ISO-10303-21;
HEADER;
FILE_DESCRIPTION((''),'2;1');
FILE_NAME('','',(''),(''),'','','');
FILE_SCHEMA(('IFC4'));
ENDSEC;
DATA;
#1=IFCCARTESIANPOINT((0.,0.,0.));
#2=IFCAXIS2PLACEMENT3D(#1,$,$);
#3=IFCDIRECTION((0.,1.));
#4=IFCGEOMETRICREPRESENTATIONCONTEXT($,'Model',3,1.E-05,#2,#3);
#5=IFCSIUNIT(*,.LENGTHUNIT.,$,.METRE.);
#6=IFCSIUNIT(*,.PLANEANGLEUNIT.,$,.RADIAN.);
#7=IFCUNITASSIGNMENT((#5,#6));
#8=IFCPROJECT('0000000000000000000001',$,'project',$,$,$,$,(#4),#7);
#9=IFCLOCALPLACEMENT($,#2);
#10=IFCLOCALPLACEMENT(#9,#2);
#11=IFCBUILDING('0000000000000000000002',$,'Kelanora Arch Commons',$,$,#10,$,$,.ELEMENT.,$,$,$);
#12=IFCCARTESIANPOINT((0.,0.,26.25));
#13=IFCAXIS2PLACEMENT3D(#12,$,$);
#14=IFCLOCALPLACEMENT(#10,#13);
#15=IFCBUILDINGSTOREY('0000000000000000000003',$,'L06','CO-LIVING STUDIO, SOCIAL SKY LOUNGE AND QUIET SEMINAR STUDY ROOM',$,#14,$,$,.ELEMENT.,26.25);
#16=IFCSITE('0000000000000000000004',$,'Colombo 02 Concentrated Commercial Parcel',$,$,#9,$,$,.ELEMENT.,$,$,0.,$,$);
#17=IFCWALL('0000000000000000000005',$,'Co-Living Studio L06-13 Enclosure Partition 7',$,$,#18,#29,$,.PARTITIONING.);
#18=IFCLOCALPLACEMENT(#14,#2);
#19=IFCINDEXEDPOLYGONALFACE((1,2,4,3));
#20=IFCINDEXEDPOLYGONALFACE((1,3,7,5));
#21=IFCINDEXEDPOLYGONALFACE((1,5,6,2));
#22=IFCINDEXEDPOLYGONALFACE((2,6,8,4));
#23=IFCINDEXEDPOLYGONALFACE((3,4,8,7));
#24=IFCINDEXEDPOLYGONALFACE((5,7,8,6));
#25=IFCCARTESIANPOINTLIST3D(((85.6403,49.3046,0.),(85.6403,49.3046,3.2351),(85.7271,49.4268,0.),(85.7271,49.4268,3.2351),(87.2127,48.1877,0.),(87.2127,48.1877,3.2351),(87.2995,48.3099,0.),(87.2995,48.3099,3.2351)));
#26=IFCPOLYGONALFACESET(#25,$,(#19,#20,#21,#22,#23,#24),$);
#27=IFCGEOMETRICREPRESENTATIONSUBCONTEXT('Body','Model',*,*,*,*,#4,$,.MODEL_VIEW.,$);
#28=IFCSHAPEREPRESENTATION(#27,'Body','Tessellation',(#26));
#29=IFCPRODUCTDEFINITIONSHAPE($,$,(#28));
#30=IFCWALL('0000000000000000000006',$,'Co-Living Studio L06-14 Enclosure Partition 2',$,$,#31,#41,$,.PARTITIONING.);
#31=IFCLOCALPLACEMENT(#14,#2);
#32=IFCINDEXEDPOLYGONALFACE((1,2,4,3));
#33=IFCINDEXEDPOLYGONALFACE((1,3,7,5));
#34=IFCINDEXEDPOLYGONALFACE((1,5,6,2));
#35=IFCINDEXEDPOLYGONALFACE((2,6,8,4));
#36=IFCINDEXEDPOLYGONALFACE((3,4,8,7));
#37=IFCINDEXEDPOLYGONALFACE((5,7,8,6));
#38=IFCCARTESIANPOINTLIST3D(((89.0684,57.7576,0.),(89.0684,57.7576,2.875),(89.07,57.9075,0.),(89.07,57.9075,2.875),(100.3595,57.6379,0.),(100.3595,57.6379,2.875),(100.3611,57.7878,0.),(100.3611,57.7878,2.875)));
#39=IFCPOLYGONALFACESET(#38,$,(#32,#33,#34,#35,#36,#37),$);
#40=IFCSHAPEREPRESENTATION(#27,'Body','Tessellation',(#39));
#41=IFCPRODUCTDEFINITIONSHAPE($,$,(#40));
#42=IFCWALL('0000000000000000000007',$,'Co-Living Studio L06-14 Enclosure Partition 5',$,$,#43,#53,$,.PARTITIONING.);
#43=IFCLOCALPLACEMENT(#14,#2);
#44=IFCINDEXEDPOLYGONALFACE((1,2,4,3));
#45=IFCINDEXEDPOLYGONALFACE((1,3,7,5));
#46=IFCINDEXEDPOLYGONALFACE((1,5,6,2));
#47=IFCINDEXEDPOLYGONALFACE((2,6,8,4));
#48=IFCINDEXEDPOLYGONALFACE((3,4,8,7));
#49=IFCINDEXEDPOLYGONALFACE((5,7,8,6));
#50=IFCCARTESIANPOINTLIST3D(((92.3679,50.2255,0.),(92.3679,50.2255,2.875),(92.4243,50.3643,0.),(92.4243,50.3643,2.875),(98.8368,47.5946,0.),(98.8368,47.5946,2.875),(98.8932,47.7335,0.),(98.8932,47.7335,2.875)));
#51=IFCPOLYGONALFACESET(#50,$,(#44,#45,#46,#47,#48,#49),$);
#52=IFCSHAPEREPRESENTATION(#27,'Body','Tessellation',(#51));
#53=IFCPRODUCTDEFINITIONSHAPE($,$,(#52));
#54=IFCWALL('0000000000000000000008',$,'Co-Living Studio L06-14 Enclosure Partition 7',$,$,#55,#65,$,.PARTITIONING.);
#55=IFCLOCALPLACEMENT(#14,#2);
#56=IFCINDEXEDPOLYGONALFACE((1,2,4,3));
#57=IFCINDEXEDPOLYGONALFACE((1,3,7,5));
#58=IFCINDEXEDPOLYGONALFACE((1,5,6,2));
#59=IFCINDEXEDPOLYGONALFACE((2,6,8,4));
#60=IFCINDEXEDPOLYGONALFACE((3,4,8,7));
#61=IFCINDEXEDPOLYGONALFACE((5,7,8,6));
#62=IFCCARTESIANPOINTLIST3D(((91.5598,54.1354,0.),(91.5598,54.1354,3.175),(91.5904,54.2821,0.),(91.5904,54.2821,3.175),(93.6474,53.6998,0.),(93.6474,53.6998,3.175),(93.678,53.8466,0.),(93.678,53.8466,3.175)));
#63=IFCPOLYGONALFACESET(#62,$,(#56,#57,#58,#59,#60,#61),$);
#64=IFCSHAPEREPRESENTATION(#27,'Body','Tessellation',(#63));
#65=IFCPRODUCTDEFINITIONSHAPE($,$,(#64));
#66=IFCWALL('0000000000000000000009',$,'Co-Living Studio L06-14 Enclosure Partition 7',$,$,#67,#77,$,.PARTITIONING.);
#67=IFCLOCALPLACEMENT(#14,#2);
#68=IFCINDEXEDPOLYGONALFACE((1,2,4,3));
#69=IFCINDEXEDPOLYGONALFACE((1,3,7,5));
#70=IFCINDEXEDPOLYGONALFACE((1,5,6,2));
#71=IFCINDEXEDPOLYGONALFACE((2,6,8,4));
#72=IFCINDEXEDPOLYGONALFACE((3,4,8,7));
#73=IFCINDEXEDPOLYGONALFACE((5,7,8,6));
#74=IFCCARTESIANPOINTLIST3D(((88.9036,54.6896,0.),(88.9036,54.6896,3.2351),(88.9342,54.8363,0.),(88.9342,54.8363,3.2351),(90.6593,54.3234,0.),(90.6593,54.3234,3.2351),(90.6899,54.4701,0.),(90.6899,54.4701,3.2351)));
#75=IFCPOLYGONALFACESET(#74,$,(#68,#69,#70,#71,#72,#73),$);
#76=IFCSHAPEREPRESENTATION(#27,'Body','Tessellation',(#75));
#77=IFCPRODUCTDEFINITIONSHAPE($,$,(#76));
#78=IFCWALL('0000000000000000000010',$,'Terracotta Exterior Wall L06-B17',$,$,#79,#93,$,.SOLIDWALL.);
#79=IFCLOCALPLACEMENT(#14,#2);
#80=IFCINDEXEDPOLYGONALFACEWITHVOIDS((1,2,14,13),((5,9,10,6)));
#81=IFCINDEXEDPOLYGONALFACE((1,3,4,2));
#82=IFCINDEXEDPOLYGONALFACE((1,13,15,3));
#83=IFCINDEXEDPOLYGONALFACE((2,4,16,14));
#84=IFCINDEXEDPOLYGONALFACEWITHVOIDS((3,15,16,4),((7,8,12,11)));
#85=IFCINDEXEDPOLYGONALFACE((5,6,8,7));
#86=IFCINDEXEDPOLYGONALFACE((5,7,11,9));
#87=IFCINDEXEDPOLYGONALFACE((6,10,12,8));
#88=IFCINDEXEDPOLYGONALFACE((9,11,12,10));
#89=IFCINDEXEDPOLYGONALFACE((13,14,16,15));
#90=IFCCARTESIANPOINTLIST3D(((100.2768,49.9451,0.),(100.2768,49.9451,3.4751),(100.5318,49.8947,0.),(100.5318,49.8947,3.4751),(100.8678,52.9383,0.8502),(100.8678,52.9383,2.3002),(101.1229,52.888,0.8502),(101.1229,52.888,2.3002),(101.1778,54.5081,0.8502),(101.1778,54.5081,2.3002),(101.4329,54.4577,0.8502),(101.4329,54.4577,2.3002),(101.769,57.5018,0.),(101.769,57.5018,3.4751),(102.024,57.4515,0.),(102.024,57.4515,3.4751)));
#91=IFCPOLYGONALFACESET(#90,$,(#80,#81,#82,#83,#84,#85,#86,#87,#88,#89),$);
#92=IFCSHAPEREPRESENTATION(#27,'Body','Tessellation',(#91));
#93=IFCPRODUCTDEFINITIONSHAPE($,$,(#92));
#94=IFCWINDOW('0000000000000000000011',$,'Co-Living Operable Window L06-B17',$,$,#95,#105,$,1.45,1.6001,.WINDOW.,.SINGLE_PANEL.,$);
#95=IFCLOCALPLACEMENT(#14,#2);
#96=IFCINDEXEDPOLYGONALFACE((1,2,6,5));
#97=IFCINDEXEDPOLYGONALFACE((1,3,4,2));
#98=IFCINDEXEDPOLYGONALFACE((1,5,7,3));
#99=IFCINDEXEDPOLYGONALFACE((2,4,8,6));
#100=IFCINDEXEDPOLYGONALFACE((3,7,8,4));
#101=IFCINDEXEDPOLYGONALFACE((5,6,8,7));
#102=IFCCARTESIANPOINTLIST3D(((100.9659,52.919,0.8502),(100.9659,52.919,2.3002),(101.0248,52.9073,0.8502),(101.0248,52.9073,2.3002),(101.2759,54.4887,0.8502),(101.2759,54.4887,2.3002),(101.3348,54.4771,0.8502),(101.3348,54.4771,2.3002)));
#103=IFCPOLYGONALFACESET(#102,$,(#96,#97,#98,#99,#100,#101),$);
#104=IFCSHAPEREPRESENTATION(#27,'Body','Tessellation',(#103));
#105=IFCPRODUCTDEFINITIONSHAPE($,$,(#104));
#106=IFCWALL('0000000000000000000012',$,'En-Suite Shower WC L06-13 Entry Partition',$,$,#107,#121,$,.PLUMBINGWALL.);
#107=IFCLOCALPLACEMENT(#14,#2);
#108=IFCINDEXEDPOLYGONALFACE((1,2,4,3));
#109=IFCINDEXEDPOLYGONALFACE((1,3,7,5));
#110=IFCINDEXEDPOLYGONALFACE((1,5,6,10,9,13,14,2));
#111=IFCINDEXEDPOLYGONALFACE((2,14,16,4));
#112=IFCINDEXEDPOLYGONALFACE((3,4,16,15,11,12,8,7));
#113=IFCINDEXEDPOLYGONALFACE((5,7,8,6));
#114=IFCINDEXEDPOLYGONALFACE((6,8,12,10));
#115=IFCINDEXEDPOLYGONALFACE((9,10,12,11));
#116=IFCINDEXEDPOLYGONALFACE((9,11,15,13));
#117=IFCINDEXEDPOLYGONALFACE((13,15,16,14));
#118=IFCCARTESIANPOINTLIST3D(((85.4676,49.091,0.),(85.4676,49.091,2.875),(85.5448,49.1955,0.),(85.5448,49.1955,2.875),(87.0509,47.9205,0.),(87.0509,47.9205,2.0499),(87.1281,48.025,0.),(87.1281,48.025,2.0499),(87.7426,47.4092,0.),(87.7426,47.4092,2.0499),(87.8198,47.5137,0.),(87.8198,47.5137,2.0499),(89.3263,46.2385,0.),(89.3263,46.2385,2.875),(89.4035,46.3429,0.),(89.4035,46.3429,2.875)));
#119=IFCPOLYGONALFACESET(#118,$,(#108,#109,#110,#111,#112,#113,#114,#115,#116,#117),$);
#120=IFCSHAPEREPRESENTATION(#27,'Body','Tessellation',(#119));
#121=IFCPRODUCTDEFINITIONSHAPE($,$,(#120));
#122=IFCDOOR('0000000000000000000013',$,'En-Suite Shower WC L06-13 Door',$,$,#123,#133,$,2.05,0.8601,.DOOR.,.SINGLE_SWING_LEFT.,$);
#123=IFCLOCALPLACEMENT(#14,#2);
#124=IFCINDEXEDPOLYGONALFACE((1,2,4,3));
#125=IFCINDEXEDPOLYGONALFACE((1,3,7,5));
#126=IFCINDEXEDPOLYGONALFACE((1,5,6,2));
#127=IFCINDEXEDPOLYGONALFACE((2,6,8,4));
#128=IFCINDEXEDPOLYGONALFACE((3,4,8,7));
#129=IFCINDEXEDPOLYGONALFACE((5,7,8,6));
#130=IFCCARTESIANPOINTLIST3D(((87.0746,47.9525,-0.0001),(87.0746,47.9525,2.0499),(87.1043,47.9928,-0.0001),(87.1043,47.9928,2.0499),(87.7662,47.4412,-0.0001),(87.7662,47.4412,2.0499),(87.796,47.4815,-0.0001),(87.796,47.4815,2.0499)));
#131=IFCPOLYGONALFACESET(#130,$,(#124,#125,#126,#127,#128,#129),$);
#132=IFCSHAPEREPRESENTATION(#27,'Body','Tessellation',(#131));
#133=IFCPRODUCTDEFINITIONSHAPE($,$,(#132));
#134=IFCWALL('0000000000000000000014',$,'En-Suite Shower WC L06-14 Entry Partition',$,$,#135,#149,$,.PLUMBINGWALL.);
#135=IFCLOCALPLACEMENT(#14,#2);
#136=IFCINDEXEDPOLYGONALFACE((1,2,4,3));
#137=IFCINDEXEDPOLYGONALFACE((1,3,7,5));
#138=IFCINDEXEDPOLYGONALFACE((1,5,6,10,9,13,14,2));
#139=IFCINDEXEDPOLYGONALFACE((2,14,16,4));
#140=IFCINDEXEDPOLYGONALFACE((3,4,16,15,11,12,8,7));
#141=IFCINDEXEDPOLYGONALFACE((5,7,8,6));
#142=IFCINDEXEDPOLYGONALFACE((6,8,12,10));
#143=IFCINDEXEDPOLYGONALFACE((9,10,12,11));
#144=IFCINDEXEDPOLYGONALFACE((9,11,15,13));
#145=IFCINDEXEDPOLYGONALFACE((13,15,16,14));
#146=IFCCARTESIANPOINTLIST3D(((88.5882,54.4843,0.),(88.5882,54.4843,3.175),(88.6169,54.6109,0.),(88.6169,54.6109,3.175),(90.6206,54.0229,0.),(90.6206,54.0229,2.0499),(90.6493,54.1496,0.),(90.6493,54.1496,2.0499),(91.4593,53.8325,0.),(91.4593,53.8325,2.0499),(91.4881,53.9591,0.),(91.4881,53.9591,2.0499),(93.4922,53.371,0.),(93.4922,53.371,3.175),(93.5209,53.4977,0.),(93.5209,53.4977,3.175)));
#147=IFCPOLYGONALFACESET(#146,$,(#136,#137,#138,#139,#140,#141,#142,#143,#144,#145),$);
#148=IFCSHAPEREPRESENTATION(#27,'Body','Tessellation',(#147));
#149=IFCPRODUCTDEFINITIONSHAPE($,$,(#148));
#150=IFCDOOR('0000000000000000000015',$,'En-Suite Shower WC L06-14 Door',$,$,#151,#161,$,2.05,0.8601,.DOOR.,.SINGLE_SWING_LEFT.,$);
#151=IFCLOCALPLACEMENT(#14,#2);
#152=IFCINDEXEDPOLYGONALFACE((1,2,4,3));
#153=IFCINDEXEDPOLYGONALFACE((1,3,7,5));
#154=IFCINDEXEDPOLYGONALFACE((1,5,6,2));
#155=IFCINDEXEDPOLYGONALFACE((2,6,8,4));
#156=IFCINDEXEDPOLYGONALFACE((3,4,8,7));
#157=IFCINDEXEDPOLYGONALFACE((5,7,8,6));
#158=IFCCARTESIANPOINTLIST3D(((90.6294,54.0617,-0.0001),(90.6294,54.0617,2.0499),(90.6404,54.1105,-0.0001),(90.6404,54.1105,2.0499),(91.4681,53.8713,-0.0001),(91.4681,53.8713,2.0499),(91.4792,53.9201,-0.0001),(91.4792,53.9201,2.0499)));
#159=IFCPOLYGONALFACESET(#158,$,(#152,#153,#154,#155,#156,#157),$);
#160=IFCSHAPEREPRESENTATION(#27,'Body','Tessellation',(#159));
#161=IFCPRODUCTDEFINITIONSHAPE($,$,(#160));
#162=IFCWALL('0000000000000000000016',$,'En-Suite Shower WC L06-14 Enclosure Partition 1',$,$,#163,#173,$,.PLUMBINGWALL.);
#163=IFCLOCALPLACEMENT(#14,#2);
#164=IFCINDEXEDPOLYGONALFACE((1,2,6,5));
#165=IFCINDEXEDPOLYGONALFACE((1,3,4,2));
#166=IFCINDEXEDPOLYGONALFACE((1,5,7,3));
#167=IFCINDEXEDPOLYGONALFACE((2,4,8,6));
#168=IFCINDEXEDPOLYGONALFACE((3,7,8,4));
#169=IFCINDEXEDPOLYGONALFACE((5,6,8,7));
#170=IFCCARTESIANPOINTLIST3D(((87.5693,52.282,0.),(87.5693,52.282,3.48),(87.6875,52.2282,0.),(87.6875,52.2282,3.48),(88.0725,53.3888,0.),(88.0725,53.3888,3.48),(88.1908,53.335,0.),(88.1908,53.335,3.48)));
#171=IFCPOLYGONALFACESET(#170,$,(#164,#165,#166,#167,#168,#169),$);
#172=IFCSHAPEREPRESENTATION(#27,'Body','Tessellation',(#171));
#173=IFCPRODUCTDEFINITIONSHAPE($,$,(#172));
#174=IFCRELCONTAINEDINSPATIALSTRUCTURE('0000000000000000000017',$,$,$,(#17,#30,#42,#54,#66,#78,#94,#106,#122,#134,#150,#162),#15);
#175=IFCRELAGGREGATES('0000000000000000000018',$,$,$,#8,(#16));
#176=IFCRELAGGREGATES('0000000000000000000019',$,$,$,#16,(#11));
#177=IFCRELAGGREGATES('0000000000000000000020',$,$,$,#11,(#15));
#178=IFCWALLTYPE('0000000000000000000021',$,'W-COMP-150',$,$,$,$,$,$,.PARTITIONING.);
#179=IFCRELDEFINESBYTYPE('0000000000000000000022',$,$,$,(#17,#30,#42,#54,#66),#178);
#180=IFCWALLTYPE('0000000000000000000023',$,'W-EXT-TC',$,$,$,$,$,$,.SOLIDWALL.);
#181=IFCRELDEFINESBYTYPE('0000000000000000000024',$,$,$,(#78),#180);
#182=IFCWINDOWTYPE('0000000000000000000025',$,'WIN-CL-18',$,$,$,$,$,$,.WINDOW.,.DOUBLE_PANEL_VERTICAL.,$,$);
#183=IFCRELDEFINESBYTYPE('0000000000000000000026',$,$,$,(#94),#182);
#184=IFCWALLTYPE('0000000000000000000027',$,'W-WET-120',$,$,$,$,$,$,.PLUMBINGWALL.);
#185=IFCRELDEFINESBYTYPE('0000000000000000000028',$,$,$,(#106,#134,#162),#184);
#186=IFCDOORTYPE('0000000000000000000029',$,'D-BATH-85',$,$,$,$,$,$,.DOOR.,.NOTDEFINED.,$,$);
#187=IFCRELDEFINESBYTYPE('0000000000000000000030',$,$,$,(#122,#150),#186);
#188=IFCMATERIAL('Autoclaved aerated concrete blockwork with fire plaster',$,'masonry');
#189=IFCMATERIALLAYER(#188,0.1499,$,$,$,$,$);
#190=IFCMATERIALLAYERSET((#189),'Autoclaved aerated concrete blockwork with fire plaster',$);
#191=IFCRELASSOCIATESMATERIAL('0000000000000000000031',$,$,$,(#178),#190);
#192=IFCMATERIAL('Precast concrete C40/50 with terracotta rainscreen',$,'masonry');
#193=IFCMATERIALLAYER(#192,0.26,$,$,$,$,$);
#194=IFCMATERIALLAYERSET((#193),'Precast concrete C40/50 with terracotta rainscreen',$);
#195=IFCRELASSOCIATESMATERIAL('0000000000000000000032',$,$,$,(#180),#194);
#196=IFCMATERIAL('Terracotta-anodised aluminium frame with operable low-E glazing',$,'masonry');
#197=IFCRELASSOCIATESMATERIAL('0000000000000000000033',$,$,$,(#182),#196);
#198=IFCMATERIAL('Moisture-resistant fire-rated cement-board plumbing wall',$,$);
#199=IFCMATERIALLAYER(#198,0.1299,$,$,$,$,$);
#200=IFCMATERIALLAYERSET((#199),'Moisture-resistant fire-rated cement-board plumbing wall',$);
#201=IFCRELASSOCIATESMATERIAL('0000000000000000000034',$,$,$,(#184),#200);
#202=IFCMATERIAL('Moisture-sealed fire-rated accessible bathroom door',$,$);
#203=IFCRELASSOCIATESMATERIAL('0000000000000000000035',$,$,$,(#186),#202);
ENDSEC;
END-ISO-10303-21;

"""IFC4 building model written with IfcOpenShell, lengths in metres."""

from ifc_helpers import new_model, si_unit, direction, frame, frame_2d, origin, place, context, subcontext, project, spatial, rectangle, extrude, material, layer, layer_set, type_object, element, fill, save


model = new_model("IFC4")

# Units and contexts
model_context = context("Model", 3, precision=1e-05, world=origin(), true_north=direction((0.0, 1.0)))
body_context = subcontext(model_context, "Body", "Model", "MODEL_VIEW")
ifc_project = project(units=[si_unit("LENGTHUNIT", "METRE"), si_unit("PLANEANGLEUNIT", "RADIAN")], contexts=[model_context])

# Site, building, storey
site_placement = place(None, origin())
site = spatial("IfcSite", under=ifc_project, at=site_placement, Name="Colombo 02 Concentrated Commercial Parcel", CompositionType="ELEMENT", RefElevation=0.0)
building_placement = place(site_placement, origin())
building = spatial("IfcBuilding", under=site, at=building_placement, Name="Kelanora Arch Commons", CompositionType="ELEMENT")
storey_placement = place(building_placement, frame((0.0, 0.0, 26.25)))
storey = spatial("IfcBuildingStorey", under=building, at=storey_placement, Name="L06", Description="CO-LIVING STUDIO, SOCIAL SKY LOUNGE AND QUIET SEMINAR STUDY ROOM", CompositionType="ELEMENT", Elevation=26.25)

# Shared definitions
ifc_material_1 = material(Name="Autoclaved aerated concrete blockwork with fire plaster", Category="masonry")
ifc_layer_1 = layer(ifc_material_1, 0.1499)
ifc_layer_set_1 = layer_set([ifc_layer_1], Name="Autoclaved aerated concrete blockwork with fire plaster")
wall_type_1 = type_object("IfcWallType", Name="W-COMP-150", PredefinedType="PARTITIONING", material=ifc_layer_set_1)

# Walls
wall_1_placement = place(storey_placement, frame((87.2561, 48.2488, 0.0), z_axis=(0.0, 0.0, 1.0), x_axis=(-0.81527, 0.579081, 0.0)))
element("IfcWall", 1, at=wall_1_placement, inside=storey, type_object=wall_type_1, Name="Co-Living Studio L06-13 Enclosure Partition 7", PredefinedType="PARTITIONING", context=body_context, shape_type="SweptSolid", body=[
    extrude(rectangle(XDim=1.9287, YDim=0.1499, at=frame_2d((0.9644, 0.0))), origin(), (0.0, 0.0, 1.0), 3.2351),
])
wall_2_placement = place(storey_placement, frame((89.0691, 57.8325, 0.0), z_axis=(0.0, 0.0, 1.0), x_axis=(0.999944, -0.010594, 0.0)))
element("IfcWall", 2, at=wall_2_placement, inside=storey, type_object=wall_type_1, Name="Co-Living Studio L06-14 Enclosure Partition 2", PredefinedType="PARTITIONING", context=body_context, shape_type="SweptSolid", body=[
    extrude(rectangle(XDim=11.2917, YDim=0.1499, at=frame_2d((5.646, 0.0))), origin(), (0.0, 0.0, 1.0), 2.875),
])
wall_3_placement = place(storey_placement, frame((98.865, 47.6641, 0.0), z_axis=(0.0, 0.0, 1.0), x_axis=(-0.926325, 0.376725, 0.0)))
element("IfcWall", 3, at=wall_3_placement, inside=storey, type_object=wall_type_1, Name="Co-Living Studio L06-14 Enclosure Partition 5", PredefinedType="PARTITIONING", context=body_context, shape_type="SweptSolid", body=[
    extrude(rectangle(XDim=6.9834, YDim=0.1499, at=frame_2d((3.4917, 0.0))), origin(), (0.0, 0.0, 1.0), 2.875),
])
wall_4_placement = place(storey_placement, frame((93.6628, 53.7732, 0.0), z_axis=(0.0, 0.0, 1.0), x_axis=(-0.978922, 0.204233, 0.0)))
element("IfcWall", 4, at=wall_4_placement, inside=storey, type_object=wall_type_1, Name="Co-Living Studio L06-14 Enclosure Partition 7", PredefinedType="PARTITIONING", context=body_context, shape_type="SweptSolid", body=[
    extrude(rectangle(XDim=2.1326, YDim=0.1499, at=frame_2d((1.0664, 0.0))), origin(), (0.0, 0.0, 1.0), 3.175),
])
wall_5_placement = place(storey_placement, frame((90.6746, 54.3967, 0.0), z_axis=(0.0, 0.0, 1.0), x_axis=(-0.978929, 0.204199, 0.0)))
element("IfcWall", 5, at=wall_5_placement, inside=storey, type_object=wall_type_1, Name="Co-Living Studio L06-14 Enclosure Partition 7", PredefinedType="PARTITIONING", context=body_context, shape_type="SweptSolid", body=[
    extrude(rectangle(XDim=1.7935, YDim=0.1499, at=frame_2d((0.8967, 0.0))), origin(), (0.0, 0.0, 1.0), 3.2351),
])

# Wall, opening, window
ifc_material_2 = material(Name="Precast concrete C40/50 with terracotta rainscreen", Category="masonry")
ifc_layer_2 = layer(ifc_material_2, 0.26)
ifc_layer_set_2 = layer_set([ifc_layer_2], Name="Precast concrete C40/50 with terracotta rainscreen")
wall_type_2 = type_object("IfcWallType", Name="W-EXT-TC", PredefinedType="SOLIDWALL", material=ifc_layer_set_2)
wall_6_placement = place(storey_placement, frame((100.4043, 49.9199, 0.0), z_axis=(0.0, 0.0, 1.0), x_axis=(0.193726, 0.981056, 0.0)))
wall_6 = element("IfcWall", 6, at=wall_6_placement, inside=storey, type_object=wall_type_2, Name="Terracotta Exterior Wall L06-B17", PredefinedType="SOLIDWALL", context=body_context, shape_type="SweptSolid", body=[
    extrude(rectangle(XDim=7.7026, YDim=0.26, at=frame_2d((3.8513, 0.0))), origin(), (0.0, 0.0, 1.0), 3.4751),
])
opening_1_placement = place(wall_6_placement, frame((3.051, 0.0, 0.8501)))
opening_1 = element("IfcOpeningElement", 7, at=opening_1_placement, cuts=wall_6, PredefinedType="OPENING", context=body_context, shape_type="SweptSolid", body=[
    extrude(rectangle(XDim=1.6001, YDim=1.45, at=frame_2d((0.8, 0.7251))), frame((0.0, 0.1401, 0.0), z_axis=(0.0, -1.0, 0.0), x_axis=(1.0, 0.0, 0.0)), (0.0, 0.0, 1.0), 0.28),
])
ifc_material_3 = material(Name="Terracotta-anodised aluminium frame with operable low-E glazing", Category="masonry")
window_type = type_object("IfcWindowType", Name="WIN-CL-18", PartitioningType="DOUBLE_PANEL_VERTICAL", PredefinedType="WINDOW", material=ifc_material_3)
window_placement = place(opening_1_placement, origin())
window = element("IfcWindow", 8, at=window_placement, inside=storey, type_object=window_type, Name="Co-Living Operable Window L06-B17", OverallHeight=1.45, OverallWidth=1.6001, PartitioningType="SINGLE_PANEL", PredefinedType="WINDOW", context=body_context, shape_type="SweptSolid", body=[
    extrude(rectangle(XDim=1.6001, YDim=1.45, at=frame_2d((0.8, 0.7251))), frame((0.0, 0.03, 0.0), z_axis=(0.0, -1.0, 0.0), x_axis=(1.0, 0.0, 0.0)), (0.0, 0.0, 1.0), 0.0601),
])
fill(opening_1, window)

# Walls, openings, doors
ifc_material_4 = material(Name="Moisture-resistant fire-rated cement-board plumbing wall")
ifc_layer_3 = layer(ifc_material_4, 0.1299)
ifc_layer_set_3 = layer_set([ifc_layer_3], Name="Moisture-resistant fire-rated cement-board plumbing wall")
wall_type_3 = type_object("IfcWallType", Name="W-WET-120", PredefinedType="PLUMBINGWALL", material=ifc_layer_set_3)
wall_7_placement = place(storey_placement, frame((85.5061, 49.1433, 0.0), z_axis=(0.0, 0.0, 1.0), x_axis=(0.804126, -0.594458, 0.0)))
wall_7 = element("IfcWall", 9, at=wall_7_placement, inside=storey, type_object=wall_type_3, Name="En-Suite Shower WC L06-13 Entry Partition", PredefinedType="PLUMBINGWALL", context=body_context, shape_type="SweptSolid", body=[
    extrude(rectangle(XDim=4.7986, YDim=0.1299, at=frame_2d((2.3994, 0.0))), origin(), (0.0, 0.0, 1.0), 2.875),
])
opening_2_placement = place(wall_7_placement, frame((1.969, 0.0, 0.0)))
opening_2 = element("IfcOpeningElement", 10, at=opening_2_placement, cuts=wall_7, PredefinedType="OPENING", context=body_context, shape_type="SweptSolid", body=[
    extrude(rectangle(XDim=0.8601, YDim=2.05, at=frame_2d((0.4302, 1.0249))), frame((0.0, 0.075, 0.0), z_axis=(0.0, -1.0, 0.0), x_axis=(1.0, 0.0, 0.0)), (0.0, 0.0, 1.0), 0.1499),
])
ifc_material_5 = material(Name="Moisture-sealed fire-rated accessible bathroom door")
door_type_1 = type_object("IfcDoorType", Name="D-BATH-85", OperationType="NOTDEFINED", PredefinedType="DOOR", material=ifc_material_5)
door_1_placement = place(opening_2_placement, origin())
door_1 = element("IfcDoor", 11, at=door_1_placement, inside=storey, type_object=door_type_1, Name="En-Suite Shower WC L06-13 Door", OperationType="SINGLE_SWING_LEFT", OverallHeight=2.05, OverallWidth=0.8601, PredefinedType="DOOR", context=body_context, shape_type="SweptSolid", body=[
    extrude(rectangle(XDim=0.8601, YDim=2.05, at=frame_2d((0.4302, 1.0249))), frame((0.0, 0.0249, 0.0), z_axis=(0.0, -1.0, 0.0), x_axis=(1.0, 0.0, 0.0)), (0.0, 0.0, 1.0), 0.05),
])
fill(opening_2, door_1)
wall_8_placement = place(storey_placement, frame((88.6025, 54.5476, 0.0), z_axis=(0.0, 0.0, 1.0), x_axis=(0.975188, -0.22138, 0.0)))
wall_8 = element("IfcWall", 12, at=wall_8_placement, inside=storey, type_object=wall_type_3, Name="En-Suite Shower WC L06-14 Entry Partition", PredefinedType="PLUMBINGWALL", context=body_context, shape_type="SweptSolid", body=[
    extrude(rectangle(XDim=5.0288, YDim=0.1299, at=frame_2d((2.5144, 0.0))), origin(), (0.0, 0.0, 1.0), 3.175),
])
opening_3_placement = place(wall_8_placement, frame((2.084, 0.0, 0.0)))
opening_3 = element("IfcOpeningElement", 13, at=opening_3_placement, cuts=wall_8, PredefinedType="OPENING", context=body_context, shape_type="SweptSolid", body=[
    extrude(rectangle(XDim=0.8601, YDim=2.05, at=frame_2d((0.4302, 1.0249))), frame((0.0, 0.075, 0.0), z_axis=(0.0, -1.0, 0.0), x_axis=(1.0, 0.0, 0.0)), (0.0, 0.0, 1.0), 0.1499),
])
door_2_placement = place(opening_3_placement, origin())
door_2 = element("IfcDoor", 14, at=door_2_placement, inside=storey, type_object=door_type_1, Name="En-Suite Shower WC L06-14 Door", OperationType="SINGLE_SWING_LEFT", OverallHeight=2.05, OverallWidth=0.8601, PredefinedType="DOOR", context=body_context, shape_type="SweptSolid", body=[
    extrude(rectangle(XDim=0.8601, YDim=2.05, at=frame_2d((0.4302, 1.0249))), frame((0.0, 0.0249, 0.0), z_axis=(0.0, -1.0, 0.0), x_axis=(1.0, 0.0, 0.0)), (0.0, 0.0, 1.0), 0.05),
])
fill(opening_3, door_2)

# Wall
wall_9_placement = place(storey_placement, frame((87.6284, 52.2551, 0.0), z_axis=(0.0, 0.0, 1.0), x_axis=(0.413894, 0.910325, 0.0)))
element("IfcWall", 15, at=wall_9_placement, inside=storey, type_object=wall_type_3, Name="En-Suite Shower WC L06-14 Enclosure Partition 1", PredefinedType="PLUMBINGWALL", context=body_context, shape_type="SweptSolid", body=[
    extrude(rectangle(XDim=1.2158, YDim=0.1299, at=frame_2d((0.6079, 0.0))), origin(), (0.0, 0.0, 1.0), 3.48),
])

save(model, "model.ifc")
